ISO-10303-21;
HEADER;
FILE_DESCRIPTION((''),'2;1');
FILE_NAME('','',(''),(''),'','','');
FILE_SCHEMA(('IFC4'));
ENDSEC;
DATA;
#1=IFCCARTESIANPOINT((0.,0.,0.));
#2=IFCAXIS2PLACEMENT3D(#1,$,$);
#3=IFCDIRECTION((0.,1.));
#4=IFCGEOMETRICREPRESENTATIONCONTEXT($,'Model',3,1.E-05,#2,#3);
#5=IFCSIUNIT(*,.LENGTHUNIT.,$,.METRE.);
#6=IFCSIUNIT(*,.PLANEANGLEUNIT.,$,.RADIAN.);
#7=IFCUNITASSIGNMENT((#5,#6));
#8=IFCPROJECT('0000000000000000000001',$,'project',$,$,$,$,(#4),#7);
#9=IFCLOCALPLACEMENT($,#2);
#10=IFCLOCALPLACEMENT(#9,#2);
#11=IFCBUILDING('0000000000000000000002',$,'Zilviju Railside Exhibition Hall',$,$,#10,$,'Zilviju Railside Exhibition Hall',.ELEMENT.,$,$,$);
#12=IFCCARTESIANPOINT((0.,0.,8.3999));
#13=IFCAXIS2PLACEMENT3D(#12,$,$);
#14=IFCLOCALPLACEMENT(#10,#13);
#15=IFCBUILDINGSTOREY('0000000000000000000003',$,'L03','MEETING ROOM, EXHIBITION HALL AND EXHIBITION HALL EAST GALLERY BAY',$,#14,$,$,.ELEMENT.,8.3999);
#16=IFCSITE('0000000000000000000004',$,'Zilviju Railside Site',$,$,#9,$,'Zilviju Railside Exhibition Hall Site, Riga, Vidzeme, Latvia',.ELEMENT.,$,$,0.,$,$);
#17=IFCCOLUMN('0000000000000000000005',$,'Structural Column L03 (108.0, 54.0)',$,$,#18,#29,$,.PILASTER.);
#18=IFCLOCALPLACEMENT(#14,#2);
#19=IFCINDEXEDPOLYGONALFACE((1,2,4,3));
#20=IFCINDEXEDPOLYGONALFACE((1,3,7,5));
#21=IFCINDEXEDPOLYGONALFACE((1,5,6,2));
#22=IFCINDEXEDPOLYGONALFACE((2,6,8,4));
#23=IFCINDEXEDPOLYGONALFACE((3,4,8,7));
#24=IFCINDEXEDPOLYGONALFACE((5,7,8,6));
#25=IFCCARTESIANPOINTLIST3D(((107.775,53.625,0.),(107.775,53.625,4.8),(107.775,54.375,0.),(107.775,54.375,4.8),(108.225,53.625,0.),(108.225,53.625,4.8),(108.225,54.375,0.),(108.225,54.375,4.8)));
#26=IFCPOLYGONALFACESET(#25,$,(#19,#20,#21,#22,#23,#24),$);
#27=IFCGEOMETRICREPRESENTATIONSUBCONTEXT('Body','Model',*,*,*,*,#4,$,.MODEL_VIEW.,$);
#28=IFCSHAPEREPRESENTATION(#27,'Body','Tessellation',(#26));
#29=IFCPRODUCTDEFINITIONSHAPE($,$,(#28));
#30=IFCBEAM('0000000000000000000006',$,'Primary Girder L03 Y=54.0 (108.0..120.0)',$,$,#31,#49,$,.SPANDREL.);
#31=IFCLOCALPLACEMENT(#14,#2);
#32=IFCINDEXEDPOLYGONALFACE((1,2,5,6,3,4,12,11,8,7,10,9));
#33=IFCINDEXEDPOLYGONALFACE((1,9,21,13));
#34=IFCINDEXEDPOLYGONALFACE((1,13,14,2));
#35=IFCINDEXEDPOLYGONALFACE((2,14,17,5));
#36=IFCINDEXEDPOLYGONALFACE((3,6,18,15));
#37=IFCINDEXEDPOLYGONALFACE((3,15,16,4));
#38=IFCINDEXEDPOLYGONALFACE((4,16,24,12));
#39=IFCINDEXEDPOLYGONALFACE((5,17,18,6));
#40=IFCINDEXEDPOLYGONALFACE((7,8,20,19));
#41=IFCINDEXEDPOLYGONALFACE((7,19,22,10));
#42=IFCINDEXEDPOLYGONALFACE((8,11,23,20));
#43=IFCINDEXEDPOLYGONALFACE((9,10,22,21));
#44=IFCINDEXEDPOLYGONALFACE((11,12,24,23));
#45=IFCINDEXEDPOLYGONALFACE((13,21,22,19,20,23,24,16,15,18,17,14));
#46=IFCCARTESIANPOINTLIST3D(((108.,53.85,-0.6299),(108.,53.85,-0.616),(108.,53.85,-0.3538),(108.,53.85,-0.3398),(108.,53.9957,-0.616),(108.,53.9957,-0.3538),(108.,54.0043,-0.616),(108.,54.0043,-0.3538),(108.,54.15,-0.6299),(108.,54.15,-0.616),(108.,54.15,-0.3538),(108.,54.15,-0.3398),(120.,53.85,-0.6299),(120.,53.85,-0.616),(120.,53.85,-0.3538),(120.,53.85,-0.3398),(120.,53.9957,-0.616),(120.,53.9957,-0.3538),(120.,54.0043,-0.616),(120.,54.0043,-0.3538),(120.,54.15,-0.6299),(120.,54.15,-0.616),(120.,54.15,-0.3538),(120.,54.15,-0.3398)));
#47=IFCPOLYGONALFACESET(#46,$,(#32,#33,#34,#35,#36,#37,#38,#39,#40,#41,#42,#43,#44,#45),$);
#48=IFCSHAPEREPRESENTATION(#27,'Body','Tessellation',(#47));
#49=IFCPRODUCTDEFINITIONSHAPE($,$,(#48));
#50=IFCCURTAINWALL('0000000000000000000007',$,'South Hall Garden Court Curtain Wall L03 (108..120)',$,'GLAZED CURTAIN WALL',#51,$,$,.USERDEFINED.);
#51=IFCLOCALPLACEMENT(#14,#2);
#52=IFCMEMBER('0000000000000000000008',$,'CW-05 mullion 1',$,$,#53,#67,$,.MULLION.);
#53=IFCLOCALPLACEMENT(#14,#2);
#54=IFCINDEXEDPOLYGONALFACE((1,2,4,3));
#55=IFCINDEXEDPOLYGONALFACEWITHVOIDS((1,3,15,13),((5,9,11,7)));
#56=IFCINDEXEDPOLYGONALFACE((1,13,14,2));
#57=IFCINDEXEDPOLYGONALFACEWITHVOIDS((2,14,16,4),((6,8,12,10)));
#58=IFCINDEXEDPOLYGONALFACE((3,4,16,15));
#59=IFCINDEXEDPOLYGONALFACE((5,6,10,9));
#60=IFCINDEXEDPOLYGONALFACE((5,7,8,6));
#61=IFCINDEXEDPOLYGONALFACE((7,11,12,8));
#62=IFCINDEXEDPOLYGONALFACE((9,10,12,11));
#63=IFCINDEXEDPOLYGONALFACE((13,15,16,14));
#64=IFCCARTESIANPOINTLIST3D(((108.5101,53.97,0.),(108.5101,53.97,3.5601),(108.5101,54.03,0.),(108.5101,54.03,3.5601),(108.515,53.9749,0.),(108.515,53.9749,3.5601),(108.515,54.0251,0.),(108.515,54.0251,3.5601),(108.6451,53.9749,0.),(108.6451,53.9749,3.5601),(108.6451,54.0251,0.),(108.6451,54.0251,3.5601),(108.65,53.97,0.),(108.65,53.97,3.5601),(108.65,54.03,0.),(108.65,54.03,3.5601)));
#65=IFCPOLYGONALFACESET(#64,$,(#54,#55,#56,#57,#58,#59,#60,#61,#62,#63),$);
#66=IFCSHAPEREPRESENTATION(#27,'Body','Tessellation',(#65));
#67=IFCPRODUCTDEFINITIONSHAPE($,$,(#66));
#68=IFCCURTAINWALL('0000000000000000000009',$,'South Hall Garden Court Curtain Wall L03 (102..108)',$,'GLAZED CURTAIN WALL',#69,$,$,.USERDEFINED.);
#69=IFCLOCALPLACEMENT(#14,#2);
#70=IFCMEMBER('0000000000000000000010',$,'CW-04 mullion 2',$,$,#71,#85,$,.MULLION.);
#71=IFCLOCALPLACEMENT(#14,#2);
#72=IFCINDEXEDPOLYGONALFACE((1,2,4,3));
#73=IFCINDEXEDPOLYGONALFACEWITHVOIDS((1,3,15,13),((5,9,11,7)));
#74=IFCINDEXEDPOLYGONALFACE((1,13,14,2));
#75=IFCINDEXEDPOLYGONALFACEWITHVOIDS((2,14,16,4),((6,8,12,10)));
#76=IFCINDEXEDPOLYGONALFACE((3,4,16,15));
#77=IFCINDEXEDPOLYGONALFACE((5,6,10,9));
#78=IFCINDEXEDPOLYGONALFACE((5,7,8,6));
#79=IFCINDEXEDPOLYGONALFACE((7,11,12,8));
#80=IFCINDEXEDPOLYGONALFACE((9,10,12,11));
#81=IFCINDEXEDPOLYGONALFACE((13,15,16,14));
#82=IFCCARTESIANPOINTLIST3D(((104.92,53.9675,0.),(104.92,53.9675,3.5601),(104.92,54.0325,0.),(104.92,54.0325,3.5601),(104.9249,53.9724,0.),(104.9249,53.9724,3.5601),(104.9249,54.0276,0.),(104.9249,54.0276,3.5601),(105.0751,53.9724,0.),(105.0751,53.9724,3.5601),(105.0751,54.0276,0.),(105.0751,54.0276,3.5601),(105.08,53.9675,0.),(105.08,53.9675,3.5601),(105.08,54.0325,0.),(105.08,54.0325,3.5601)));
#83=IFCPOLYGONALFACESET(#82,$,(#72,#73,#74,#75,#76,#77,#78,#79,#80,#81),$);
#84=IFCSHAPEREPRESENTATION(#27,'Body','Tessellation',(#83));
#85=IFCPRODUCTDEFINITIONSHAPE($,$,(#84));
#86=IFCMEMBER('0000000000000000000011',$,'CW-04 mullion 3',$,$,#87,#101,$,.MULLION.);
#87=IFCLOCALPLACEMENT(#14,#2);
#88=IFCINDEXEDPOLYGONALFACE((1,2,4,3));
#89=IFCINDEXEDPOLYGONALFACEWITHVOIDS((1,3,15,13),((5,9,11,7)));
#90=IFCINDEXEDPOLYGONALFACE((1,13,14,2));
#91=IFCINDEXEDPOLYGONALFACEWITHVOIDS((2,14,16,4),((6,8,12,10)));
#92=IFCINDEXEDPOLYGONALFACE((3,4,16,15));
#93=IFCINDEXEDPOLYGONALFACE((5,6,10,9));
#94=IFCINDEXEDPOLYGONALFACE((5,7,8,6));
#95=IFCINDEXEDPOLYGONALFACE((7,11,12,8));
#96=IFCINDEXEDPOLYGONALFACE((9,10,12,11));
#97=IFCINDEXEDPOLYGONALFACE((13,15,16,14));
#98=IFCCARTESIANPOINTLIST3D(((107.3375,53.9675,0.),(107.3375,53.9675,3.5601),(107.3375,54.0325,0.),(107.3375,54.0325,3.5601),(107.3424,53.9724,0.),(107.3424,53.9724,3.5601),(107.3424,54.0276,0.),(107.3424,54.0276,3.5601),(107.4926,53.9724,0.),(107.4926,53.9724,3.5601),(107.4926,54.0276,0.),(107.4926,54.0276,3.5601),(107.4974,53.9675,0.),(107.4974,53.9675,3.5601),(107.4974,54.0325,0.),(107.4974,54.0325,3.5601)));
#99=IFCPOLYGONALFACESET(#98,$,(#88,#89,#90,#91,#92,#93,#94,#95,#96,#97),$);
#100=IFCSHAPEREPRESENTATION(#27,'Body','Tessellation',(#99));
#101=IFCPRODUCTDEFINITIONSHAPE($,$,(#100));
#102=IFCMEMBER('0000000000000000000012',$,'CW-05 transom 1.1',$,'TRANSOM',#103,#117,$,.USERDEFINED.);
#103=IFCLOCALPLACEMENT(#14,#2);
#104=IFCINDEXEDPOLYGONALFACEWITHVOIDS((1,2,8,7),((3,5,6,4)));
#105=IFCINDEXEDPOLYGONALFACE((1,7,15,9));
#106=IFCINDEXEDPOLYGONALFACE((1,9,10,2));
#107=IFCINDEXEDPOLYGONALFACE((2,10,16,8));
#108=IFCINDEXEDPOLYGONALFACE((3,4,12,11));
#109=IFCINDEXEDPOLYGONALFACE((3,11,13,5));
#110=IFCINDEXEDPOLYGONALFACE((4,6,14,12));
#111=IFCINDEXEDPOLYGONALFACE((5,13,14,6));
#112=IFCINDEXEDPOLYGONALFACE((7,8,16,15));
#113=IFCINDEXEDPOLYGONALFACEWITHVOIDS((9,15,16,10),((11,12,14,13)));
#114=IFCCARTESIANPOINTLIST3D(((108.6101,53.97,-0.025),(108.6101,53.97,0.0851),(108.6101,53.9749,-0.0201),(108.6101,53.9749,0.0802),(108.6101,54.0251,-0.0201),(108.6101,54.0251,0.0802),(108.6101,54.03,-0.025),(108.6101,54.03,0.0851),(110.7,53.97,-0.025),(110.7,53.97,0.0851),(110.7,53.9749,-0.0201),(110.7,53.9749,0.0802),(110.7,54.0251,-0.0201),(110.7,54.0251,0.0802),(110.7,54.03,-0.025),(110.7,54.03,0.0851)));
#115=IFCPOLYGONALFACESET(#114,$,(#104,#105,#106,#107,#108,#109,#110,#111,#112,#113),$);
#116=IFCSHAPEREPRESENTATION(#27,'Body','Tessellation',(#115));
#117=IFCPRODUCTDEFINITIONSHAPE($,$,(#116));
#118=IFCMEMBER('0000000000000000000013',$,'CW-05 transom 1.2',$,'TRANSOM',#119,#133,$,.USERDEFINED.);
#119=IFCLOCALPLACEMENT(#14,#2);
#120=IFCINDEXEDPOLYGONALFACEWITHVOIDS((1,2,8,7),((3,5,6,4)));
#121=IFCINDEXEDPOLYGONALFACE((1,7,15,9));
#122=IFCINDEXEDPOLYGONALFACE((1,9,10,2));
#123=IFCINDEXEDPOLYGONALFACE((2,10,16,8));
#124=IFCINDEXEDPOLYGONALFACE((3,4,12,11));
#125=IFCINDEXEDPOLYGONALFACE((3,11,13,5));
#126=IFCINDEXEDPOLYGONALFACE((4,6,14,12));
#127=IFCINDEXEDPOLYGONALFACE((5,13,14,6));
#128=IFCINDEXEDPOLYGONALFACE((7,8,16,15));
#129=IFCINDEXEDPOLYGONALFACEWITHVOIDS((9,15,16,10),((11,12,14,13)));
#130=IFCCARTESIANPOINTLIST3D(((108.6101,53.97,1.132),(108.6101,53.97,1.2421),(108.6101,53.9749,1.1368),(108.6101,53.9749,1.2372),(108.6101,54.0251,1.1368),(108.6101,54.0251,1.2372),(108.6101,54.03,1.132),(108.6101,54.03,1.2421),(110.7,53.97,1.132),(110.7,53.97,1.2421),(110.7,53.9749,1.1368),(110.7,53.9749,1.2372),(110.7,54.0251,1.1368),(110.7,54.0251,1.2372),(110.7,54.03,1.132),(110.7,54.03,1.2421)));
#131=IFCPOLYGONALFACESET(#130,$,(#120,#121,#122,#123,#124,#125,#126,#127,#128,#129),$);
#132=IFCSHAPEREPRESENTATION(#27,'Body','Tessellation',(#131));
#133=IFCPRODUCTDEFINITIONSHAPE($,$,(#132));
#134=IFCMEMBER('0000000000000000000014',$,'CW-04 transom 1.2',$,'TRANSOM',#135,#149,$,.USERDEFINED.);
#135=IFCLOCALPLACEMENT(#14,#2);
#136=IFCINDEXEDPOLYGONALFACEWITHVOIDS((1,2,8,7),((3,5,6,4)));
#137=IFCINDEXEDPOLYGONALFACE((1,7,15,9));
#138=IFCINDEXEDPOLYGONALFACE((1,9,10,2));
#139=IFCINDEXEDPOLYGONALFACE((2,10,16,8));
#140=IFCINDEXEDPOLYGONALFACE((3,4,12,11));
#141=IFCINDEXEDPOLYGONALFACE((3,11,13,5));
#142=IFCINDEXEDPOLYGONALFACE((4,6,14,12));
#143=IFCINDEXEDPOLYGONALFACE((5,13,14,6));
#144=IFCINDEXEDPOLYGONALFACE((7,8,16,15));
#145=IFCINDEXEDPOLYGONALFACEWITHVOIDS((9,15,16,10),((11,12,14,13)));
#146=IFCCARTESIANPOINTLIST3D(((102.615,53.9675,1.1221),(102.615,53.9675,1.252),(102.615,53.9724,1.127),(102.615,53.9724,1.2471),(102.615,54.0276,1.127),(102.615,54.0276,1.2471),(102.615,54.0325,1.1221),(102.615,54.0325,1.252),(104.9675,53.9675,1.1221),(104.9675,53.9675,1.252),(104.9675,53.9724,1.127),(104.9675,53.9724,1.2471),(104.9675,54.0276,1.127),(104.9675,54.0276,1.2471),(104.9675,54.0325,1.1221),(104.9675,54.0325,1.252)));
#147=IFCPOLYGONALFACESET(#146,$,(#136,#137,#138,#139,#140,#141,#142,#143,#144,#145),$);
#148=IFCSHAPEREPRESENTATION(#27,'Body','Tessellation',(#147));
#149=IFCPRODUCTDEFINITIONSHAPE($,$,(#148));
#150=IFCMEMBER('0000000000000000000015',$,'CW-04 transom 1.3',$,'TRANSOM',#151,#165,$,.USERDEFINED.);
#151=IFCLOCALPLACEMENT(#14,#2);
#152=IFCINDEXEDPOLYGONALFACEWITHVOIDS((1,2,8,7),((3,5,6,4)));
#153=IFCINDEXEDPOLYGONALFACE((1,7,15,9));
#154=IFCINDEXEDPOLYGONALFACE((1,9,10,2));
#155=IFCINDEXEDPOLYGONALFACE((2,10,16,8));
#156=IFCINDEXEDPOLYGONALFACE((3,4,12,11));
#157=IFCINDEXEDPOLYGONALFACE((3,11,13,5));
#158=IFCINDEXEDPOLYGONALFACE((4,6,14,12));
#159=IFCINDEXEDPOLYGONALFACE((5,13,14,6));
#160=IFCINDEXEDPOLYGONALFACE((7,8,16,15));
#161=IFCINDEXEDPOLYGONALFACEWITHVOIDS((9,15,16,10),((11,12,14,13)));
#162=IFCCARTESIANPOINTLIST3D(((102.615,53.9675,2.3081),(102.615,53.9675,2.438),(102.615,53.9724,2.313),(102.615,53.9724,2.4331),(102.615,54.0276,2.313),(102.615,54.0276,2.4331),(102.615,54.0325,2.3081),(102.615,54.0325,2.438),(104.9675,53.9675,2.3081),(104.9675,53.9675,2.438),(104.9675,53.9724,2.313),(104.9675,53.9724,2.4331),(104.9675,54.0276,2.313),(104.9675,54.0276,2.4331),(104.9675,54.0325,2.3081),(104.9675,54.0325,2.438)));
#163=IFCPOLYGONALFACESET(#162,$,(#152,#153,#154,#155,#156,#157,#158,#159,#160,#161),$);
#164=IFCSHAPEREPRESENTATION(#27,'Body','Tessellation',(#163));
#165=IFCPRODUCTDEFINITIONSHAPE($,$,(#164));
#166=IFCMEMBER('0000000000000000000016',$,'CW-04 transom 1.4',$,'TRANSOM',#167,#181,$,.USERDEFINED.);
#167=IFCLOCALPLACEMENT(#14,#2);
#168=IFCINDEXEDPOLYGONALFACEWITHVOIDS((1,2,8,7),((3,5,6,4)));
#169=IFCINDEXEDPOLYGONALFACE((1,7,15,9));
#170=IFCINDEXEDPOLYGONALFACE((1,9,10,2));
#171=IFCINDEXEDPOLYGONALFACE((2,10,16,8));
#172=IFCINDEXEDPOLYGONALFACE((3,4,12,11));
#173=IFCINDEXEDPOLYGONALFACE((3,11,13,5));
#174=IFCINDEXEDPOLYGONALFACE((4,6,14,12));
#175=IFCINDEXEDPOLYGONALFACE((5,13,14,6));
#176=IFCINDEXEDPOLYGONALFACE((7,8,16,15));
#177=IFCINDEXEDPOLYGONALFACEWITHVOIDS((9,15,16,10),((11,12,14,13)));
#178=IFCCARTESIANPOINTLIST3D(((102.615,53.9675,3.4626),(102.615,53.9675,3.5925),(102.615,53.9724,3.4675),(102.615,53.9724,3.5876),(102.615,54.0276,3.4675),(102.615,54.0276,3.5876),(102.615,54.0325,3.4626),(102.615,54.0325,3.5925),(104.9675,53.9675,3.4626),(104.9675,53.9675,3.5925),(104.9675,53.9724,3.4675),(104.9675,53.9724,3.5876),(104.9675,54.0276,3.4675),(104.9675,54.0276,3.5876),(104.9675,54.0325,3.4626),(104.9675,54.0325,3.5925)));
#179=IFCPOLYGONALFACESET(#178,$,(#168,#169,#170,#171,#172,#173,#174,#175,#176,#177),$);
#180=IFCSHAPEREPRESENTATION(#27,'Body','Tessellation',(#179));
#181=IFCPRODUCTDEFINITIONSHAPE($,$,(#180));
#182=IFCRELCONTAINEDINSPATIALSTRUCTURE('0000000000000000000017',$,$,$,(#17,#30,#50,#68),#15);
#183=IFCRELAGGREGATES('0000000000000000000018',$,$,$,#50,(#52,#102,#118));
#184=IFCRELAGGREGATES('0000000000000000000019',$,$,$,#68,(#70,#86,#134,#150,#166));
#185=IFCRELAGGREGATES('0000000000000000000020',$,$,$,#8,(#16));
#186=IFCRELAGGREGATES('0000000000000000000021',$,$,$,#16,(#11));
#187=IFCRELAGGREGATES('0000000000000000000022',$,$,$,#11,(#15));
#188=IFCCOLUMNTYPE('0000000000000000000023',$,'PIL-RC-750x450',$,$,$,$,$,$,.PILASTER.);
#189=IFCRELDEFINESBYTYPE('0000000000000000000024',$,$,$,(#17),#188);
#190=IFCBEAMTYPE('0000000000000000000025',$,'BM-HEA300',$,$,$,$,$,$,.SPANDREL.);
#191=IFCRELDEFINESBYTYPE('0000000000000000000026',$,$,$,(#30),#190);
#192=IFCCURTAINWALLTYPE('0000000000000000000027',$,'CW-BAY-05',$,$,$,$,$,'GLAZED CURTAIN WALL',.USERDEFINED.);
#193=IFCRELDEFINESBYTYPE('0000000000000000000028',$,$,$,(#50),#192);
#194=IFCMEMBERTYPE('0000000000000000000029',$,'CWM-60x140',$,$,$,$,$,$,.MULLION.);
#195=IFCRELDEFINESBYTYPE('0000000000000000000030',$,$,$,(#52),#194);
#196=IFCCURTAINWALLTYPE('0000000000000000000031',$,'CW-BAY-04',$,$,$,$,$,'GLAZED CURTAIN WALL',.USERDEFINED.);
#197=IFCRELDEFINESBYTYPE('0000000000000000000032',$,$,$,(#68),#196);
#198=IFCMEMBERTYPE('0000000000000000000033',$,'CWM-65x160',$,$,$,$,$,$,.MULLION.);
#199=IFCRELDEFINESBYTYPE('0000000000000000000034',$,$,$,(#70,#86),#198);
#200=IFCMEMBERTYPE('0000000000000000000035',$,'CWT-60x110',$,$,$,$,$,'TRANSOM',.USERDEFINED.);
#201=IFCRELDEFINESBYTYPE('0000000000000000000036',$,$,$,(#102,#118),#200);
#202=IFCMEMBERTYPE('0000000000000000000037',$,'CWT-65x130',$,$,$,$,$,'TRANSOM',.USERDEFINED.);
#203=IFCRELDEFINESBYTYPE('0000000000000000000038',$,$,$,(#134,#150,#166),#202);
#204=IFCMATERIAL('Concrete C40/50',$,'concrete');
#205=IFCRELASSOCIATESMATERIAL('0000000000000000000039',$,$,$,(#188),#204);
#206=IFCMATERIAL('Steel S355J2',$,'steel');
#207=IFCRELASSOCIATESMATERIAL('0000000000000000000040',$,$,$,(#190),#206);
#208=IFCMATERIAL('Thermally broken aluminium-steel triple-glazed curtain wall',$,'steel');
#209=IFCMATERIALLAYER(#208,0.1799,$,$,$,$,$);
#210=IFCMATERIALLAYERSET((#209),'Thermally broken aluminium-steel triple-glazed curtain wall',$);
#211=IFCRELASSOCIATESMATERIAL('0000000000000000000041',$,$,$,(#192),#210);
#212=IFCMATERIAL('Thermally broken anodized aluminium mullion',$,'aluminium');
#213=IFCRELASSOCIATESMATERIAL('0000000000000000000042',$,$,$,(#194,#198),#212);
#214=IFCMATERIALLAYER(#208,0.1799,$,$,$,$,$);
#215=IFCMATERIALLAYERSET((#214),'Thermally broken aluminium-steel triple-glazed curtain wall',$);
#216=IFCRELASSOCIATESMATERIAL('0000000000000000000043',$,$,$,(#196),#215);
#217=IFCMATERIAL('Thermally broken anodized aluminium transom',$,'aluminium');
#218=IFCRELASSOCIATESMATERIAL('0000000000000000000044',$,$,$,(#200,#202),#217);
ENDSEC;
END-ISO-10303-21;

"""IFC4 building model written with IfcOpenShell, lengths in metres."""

from ifc_helpers import new_model, si_unit, direction, frame, origin, origin_2d, place, context, subcontext, project, spatial, rectangle, hollow_rectangle, i_section, extrude, material, layer, layer_set, material_profile, profile_set, type_object, element, aggregate, save


model = new_model("IFC4")

# Units and contexts
model_context = context("Model", 3, precision=1e-05, world=origin(), true_north=direction((0.0, 1.0)))
body_context = subcontext(model_context, "Body", "Model", "MODEL_VIEW")
ifc_project = project(units=[si_unit("LENGTHUNIT", "METRE"), si_unit("PLANEANGLEUNIT", "RADIAN")], contexts=[model_context])

# Site, building, storey
site_placement = place(None, origin())
site = spatial("IfcSite", under=ifc_project, at=site_placement, Name="Zilviju Railside Site", LongName="Zilviju Railside Exhibition Hall Site, Riga, Vidzeme, Latvia", CompositionType="ELEMENT", RefElevation=0.0)
building_placement = place(site_placement, origin())
building = spatial("IfcBuilding", under=site, at=building_placement, Name="Zilviju Railside Exhibition Hall", LongName="Zilviju Railside Exhibition Hall", CompositionType="ELEMENT")
storey_placement = place(building_placement, frame((0.0, 0.0, 8.3999)))
storey = spatial("IfcBuildingStorey", under=building, at=storey_placement, Name="L03", Description="MEETING ROOM, EXHIBITION HALL AND EXHIBITION HALL EAST GALLERY BAY", CompositionType="ELEMENT", Elevation=8.3999)

# Column
ifc_material_1 = material(Name="Concrete C40/50", Category="concrete")
ifc_material_profile_1 = material_profile(ifc_material_1, rectangle(XDim=0.45, YDim=0.75, at=origin_2d()), Name="RC COL 450x750")
ifc_profile_set_1 = profile_set([ifc_material_profile_1], Name="Concrete C40/50")
column_type = type_object("IfcColumnType", Name="PIL-RC-750x450", PredefinedType="PILASTER", material=ifc_profile_set_1)
column_placement = place(storey_placement, frame((108.0, 54.0, 0.0), z_axis=(0.0, 0.0, 1.0), x_axis=(1.0, 0.0, 0.0)))
element("IfcColumn", 1, at=column_placement, inside=storey, type_object=column_type, Name="Structural Column L03 (108.0, 54.0)", PredefinedType="PILASTER", context=body_context, shape_type="SweptSolid", body=[
    extrude(rectangle(XDim=0.45, YDim=0.75, at=origin_2d()), origin(), (0.0, 0.0, 1.0), 4.8),
])

# Beam
ifc_material_2 = material(Name="Steel S355J2", Category="steel")
ifc_material_profile_2 = material_profile(ifc_material_2, i_section(OverallWidth=0.3, OverallDepth=0.29, WebThickness=0.0085, FlangeThickness=0.0139, at=origin_2d()), Name="HEA 300")
ifc_profile_set_2 = profile_set([ifc_material_profile_2], Name="Steel S355J2")
beam_type = type_object("IfcBeamType", Name="BM-HEA300", PredefinedType="SPANDREL", material=ifc_profile_set_2)
beam_placement = place(storey_placement, frame((108.0, 54.0, -0.4849), z_axis=(1.0, 0.0, 0.0), x_axis=(0.0, 1.0, 0.0)))
element("IfcBeam", 2, at=beam_placement, inside=storey, type_object=beam_type, Name="Primary Girder L03 Y=54.0 (108.0..120.0)", PredefinedType="SPANDREL", context=body_context, shape_type="SweptSolid", body=[
    extrude(i_section(OverallWidth=0.3, OverallDepth=0.29, WebThickness=0.0085, FlangeThickness=0.0139, at=origin_2d()), origin(), (0.0, 0.0, 1.0), 12.0),
])

# Curtain wall, member
ifc_material_3 = material(Name="Thermally broken aluminium-steel triple-glazed curtain wall", Category="steel")
ifc_layer_1 = layer(ifc_material_3, 0.1799)
ifc_layer_set_1 = layer_set([ifc_layer_1], Name="Thermally broken aluminium-steel triple-glazed curtain wall")
curtain_wall_type_1 = type_object("IfcCurtainWallType", Name="CW-BAY-05", ElementType="GLAZED CURTAIN WALL", PredefinedType="USERDEFINED", material=ifc_layer_set_1)
curtain_wall_1_placement = place(storey_placement, origin())
curtain_wall_1 = element("IfcCurtainWall", 3, at=curtain_wall_1_placement, inside=storey, type_object=curtain_wall_type_1, Name="South Hall Garden Court Curtain Wall L03 (108..120)", ObjectType="GLAZED CURTAIN WALL", PredefinedType="USERDEFINED")
ifc_material_4 = material(Name="Thermally broken anodized aluminium mullion", Category="aluminium")
ifc_material_profile_3 = material_profile(ifc_material_4, hollow_rectangle(XDim=0.0601, YDim=0.1399, WallThickness=0.0049, at=origin_2d()), Name="MULLION 140x60x5")
ifc_profile_set_3 = profile_set([ifc_material_profile_3], Name="Thermally broken anodized aluminium mullion")
member_type_1 = type_object("IfcMemberType", Name="CWM-60x140", PredefinedType="MULLION", material=ifc_profile_set_3)
member_1_placement = place(storey_placement, frame((108.5801, 54.0, 0.0), z_axis=(0.0, 0.0, 1.0), x_axis=(0.0, 1.0, 0.0)))
member_1 = element("IfcMember", 4, at=member_1_placement, type_object=member_type_1, Name="CW-05 mullion 1", PredefinedType="MULLION", context=body_context, shape_type="SweptSolid", body=[
    extrude(hollow_rectangle(XDim=0.0601, YDim=0.1399, WallThickness=0.0049, at=origin_2d()), origin(), (0.0, 0.0, 1.0), 3.5601),
])

# Curtain wall, members
ifc_layer_2 = layer(ifc_material_3, 0.1799)
ifc_layer_set_2 = layer_set([ifc_layer_2], Name="Thermally broken aluminium-steel triple-glazed curtain wall")
curtain_wall_type_2 = type_object("IfcCurtainWallType", Name="CW-BAY-04", ElementType="GLAZED CURTAIN WALL", PredefinedType="USERDEFINED", material=ifc_layer_set_2)
curtain_wall_2_placement = place(storey_placement, origin())
curtain_wall_2 = element("IfcCurtainWall", 5, at=curtain_wall_2_placement, inside=storey, type_object=curtain_wall_type_2, Name="South Hall Garden Court Curtain Wall L03 (102..108)", ObjectType="GLAZED CURTAIN WALL", PredefinedType="USERDEFINED")
ifc_material_profile_4 = material_profile(ifc_material_4, hollow_rectangle(XDim=0.0649, YDim=0.1599, WallThickness=0.0049, at=origin_2d()), Name="MULLION 160x65x5")
ifc_profile_set_4 = profile_set([ifc_material_profile_4], Name="Thermally broken anodized aluminium mullion")
member_type_2 = type_object("IfcMemberType", Name="CWM-65x160", PredefinedType="MULLION", material=ifc_profile_set_4)
member_2_placement = place(storey_placement, frame((105.0, 54.0, 0.0), z_axis=(0.0, 0.0, 1.0), x_axis=(0.0, 1.0, 0.0)))
member_2 = element("IfcMember", 6, at=member_2_placement, type_object=member_type_2, Name="CW-04 mullion 2", PredefinedType="MULLION", context=body_context, shape_type="SweptSolid", body=[
    extrude(hollow_rectangle(XDim=0.0649, YDim=0.1599, WallThickness=0.0049, at=origin_2d()), origin(), (0.0, 0.0, 1.0), 3.5601),
])
member_3_placement = place(storey_placement, frame((107.4175, 54.0, 0.0), z_axis=(0.0, 0.0, 1.0), x_axis=(0.0, 1.0, 0.0)))
member_3 = element("IfcMember", 7, at=member_3_placement, type_object=member_type_2, Name="CW-04 mullion 3", PredefinedType="MULLION", context=body_context, shape_type="SweptSolid", body=[
    extrude(hollow_rectangle(XDim=0.0649, YDim=0.1599, WallThickness=0.0049, at=origin_2d()), origin(), (0.0, 0.0, 1.0), 3.5601),
])

# Members
ifc_material_5 = material(Name="Thermally broken anodized aluminium transom", Category="aluminium")
ifc_material_profile_5 = material_profile(ifc_material_5, hollow_rectangle(XDim=0.0601, YDim=0.1101, WallThickness=0.0049, at=origin_2d()), Name="TRANSOM 110x60x5")
ifc_profile_set_5 = profile_set([ifc_material_profile_5], Name="Thermally broken anodized aluminium transom")
member_type_3 = type_object("IfcMemberType", Name="CWT-60x110", ElementType="TRANSOM", PredefinedType="USERDEFINED", material=ifc_profile_set_5)
member_4_placement = place(storey_placement, frame((108.6101, 54.0, 0.03), z_axis=(1.0, 0.0, 0.0), x_axis=(0.0, 1.0, 0.0)))
member_4 = element("IfcMember", 8, at=member_4_placement, type_object=member_type_3, Name="CW-05 transom 1.1", ObjectType="TRANSOM", PredefinedType="USERDEFINED", context=body_context, shape_type="SweptSolid", body=[
    extrude(hollow_rectangle(XDim=0.0601, YDim=0.1101, WallThickness=0.0049, at=origin_2d()), origin(), (0.0, 0.0, 1.0), 2.0898),
])
member_5_placement = place(storey_placement, frame((108.6101, 54.0, 1.187), z_axis=(1.0, 0.0, 0.0), x_axis=(0.0, 1.0, 0.0)))
member_5 = element("IfcMember", 9, at=member_5_placement, type_object=member_type_3, Name="CW-05 transom 1.2", ObjectType="TRANSOM", PredefinedType="USERDEFINED", context=body_context, shape_type="SweptSolid", body=[
    extrude(hollow_rectangle(XDim=0.0601, YDim=0.1101, WallThickness=0.0049, at=origin_2d()), origin(), (0.0, 0.0, 1.0), 2.0898),
])
aggregate(curtain_wall_1, [member_1, member_4, member_5])
ifc_material_profile_6 = material_profile(ifc_material_5, hollow_rectangle(XDim=0.0649, YDim=0.1299, WallThickness=0.0049, at=origin_2d()), Name="TRANSOM 130x65x5")
ifc_profile_set_6 = profile_set([ifc_material_profile_6], Name="Thermally broken anodized aluminium transom")
member_type_4 = type_object("IfcMemberType", Name="CWT-65x130", ElementType="TRANSOM", PredefinedType="USERDEFINED", material=ifc_profile_set_6)
member_6_placement = place(storey_placement, frame((102.615, 54.0, 1.187), z_axis=(1.0, 0.0, 0.0), x_axis=(0.0, 1.0, 0.0)))
member_6 = element("IfcMember", 10, at=member_6_placement, type_object=member_type_4, Name="CW-04 transom 1.2", ObjectType="TRANSOM", PredefinedType="USERDEFINED", context=body_context, shape_type="SweptSolid", body=[
    extrude(hollow_rectangle(XDim=0.0649, YDim=0.1299, WallThickness=0.0049, at=origin_2d()), origin(), (0.0, 0.0, 1.0), 2.3525),
])
member_7_placement = place(storey_placement, frame((102.615, 54.0, 2.373), z_axis=(1.0, 0.0, 0.0), x_axis=(0.0, 1.0, 0.0)))
member_7 = element("IfcMember", 11, at=member_7_placement, type_object=member_type_4, Name="CW-04 transom 1.3", ObjectType="TRANSOM", PredefinedType="USERDEFINED", context=body_context, shape_type="SweptSolid", body=[
    extrude(hollow_rectangle(XDim=0.0649, YDim=0.1299, WallThickness=0.0049, at=origin_2d()), origin(), (0.0, 0.0, 1.0), 2.3525),
])
member_8_placement = place(storey_placement, frame((102.615, 54.0, 3.5276), z_axis=(1.0, 0.0, 0.0), x_axis=(0.0, 1.0, 0.0)))
member_8 = element("IfcMember", 12, at=member_8_placement, type_object=member_type_4, Name="CW-04 transom 1.4", ObjectType="TRANSOM", PredefinedType="USERDEFINED", context=body_context, shape_type="SweptSolid", body=[
    extrude(hollow_rectangle(XDim=0.0649, YDim=0.1299, WallThickness=0.0049, at=origin_2d()), origin(), (0.0, 0.0, 1.0), 2.3525),
])

aggregate(curtain_wall_2, [member_2, member_3, member_6, member_7, member_8])

save(model, "model.ifc")
